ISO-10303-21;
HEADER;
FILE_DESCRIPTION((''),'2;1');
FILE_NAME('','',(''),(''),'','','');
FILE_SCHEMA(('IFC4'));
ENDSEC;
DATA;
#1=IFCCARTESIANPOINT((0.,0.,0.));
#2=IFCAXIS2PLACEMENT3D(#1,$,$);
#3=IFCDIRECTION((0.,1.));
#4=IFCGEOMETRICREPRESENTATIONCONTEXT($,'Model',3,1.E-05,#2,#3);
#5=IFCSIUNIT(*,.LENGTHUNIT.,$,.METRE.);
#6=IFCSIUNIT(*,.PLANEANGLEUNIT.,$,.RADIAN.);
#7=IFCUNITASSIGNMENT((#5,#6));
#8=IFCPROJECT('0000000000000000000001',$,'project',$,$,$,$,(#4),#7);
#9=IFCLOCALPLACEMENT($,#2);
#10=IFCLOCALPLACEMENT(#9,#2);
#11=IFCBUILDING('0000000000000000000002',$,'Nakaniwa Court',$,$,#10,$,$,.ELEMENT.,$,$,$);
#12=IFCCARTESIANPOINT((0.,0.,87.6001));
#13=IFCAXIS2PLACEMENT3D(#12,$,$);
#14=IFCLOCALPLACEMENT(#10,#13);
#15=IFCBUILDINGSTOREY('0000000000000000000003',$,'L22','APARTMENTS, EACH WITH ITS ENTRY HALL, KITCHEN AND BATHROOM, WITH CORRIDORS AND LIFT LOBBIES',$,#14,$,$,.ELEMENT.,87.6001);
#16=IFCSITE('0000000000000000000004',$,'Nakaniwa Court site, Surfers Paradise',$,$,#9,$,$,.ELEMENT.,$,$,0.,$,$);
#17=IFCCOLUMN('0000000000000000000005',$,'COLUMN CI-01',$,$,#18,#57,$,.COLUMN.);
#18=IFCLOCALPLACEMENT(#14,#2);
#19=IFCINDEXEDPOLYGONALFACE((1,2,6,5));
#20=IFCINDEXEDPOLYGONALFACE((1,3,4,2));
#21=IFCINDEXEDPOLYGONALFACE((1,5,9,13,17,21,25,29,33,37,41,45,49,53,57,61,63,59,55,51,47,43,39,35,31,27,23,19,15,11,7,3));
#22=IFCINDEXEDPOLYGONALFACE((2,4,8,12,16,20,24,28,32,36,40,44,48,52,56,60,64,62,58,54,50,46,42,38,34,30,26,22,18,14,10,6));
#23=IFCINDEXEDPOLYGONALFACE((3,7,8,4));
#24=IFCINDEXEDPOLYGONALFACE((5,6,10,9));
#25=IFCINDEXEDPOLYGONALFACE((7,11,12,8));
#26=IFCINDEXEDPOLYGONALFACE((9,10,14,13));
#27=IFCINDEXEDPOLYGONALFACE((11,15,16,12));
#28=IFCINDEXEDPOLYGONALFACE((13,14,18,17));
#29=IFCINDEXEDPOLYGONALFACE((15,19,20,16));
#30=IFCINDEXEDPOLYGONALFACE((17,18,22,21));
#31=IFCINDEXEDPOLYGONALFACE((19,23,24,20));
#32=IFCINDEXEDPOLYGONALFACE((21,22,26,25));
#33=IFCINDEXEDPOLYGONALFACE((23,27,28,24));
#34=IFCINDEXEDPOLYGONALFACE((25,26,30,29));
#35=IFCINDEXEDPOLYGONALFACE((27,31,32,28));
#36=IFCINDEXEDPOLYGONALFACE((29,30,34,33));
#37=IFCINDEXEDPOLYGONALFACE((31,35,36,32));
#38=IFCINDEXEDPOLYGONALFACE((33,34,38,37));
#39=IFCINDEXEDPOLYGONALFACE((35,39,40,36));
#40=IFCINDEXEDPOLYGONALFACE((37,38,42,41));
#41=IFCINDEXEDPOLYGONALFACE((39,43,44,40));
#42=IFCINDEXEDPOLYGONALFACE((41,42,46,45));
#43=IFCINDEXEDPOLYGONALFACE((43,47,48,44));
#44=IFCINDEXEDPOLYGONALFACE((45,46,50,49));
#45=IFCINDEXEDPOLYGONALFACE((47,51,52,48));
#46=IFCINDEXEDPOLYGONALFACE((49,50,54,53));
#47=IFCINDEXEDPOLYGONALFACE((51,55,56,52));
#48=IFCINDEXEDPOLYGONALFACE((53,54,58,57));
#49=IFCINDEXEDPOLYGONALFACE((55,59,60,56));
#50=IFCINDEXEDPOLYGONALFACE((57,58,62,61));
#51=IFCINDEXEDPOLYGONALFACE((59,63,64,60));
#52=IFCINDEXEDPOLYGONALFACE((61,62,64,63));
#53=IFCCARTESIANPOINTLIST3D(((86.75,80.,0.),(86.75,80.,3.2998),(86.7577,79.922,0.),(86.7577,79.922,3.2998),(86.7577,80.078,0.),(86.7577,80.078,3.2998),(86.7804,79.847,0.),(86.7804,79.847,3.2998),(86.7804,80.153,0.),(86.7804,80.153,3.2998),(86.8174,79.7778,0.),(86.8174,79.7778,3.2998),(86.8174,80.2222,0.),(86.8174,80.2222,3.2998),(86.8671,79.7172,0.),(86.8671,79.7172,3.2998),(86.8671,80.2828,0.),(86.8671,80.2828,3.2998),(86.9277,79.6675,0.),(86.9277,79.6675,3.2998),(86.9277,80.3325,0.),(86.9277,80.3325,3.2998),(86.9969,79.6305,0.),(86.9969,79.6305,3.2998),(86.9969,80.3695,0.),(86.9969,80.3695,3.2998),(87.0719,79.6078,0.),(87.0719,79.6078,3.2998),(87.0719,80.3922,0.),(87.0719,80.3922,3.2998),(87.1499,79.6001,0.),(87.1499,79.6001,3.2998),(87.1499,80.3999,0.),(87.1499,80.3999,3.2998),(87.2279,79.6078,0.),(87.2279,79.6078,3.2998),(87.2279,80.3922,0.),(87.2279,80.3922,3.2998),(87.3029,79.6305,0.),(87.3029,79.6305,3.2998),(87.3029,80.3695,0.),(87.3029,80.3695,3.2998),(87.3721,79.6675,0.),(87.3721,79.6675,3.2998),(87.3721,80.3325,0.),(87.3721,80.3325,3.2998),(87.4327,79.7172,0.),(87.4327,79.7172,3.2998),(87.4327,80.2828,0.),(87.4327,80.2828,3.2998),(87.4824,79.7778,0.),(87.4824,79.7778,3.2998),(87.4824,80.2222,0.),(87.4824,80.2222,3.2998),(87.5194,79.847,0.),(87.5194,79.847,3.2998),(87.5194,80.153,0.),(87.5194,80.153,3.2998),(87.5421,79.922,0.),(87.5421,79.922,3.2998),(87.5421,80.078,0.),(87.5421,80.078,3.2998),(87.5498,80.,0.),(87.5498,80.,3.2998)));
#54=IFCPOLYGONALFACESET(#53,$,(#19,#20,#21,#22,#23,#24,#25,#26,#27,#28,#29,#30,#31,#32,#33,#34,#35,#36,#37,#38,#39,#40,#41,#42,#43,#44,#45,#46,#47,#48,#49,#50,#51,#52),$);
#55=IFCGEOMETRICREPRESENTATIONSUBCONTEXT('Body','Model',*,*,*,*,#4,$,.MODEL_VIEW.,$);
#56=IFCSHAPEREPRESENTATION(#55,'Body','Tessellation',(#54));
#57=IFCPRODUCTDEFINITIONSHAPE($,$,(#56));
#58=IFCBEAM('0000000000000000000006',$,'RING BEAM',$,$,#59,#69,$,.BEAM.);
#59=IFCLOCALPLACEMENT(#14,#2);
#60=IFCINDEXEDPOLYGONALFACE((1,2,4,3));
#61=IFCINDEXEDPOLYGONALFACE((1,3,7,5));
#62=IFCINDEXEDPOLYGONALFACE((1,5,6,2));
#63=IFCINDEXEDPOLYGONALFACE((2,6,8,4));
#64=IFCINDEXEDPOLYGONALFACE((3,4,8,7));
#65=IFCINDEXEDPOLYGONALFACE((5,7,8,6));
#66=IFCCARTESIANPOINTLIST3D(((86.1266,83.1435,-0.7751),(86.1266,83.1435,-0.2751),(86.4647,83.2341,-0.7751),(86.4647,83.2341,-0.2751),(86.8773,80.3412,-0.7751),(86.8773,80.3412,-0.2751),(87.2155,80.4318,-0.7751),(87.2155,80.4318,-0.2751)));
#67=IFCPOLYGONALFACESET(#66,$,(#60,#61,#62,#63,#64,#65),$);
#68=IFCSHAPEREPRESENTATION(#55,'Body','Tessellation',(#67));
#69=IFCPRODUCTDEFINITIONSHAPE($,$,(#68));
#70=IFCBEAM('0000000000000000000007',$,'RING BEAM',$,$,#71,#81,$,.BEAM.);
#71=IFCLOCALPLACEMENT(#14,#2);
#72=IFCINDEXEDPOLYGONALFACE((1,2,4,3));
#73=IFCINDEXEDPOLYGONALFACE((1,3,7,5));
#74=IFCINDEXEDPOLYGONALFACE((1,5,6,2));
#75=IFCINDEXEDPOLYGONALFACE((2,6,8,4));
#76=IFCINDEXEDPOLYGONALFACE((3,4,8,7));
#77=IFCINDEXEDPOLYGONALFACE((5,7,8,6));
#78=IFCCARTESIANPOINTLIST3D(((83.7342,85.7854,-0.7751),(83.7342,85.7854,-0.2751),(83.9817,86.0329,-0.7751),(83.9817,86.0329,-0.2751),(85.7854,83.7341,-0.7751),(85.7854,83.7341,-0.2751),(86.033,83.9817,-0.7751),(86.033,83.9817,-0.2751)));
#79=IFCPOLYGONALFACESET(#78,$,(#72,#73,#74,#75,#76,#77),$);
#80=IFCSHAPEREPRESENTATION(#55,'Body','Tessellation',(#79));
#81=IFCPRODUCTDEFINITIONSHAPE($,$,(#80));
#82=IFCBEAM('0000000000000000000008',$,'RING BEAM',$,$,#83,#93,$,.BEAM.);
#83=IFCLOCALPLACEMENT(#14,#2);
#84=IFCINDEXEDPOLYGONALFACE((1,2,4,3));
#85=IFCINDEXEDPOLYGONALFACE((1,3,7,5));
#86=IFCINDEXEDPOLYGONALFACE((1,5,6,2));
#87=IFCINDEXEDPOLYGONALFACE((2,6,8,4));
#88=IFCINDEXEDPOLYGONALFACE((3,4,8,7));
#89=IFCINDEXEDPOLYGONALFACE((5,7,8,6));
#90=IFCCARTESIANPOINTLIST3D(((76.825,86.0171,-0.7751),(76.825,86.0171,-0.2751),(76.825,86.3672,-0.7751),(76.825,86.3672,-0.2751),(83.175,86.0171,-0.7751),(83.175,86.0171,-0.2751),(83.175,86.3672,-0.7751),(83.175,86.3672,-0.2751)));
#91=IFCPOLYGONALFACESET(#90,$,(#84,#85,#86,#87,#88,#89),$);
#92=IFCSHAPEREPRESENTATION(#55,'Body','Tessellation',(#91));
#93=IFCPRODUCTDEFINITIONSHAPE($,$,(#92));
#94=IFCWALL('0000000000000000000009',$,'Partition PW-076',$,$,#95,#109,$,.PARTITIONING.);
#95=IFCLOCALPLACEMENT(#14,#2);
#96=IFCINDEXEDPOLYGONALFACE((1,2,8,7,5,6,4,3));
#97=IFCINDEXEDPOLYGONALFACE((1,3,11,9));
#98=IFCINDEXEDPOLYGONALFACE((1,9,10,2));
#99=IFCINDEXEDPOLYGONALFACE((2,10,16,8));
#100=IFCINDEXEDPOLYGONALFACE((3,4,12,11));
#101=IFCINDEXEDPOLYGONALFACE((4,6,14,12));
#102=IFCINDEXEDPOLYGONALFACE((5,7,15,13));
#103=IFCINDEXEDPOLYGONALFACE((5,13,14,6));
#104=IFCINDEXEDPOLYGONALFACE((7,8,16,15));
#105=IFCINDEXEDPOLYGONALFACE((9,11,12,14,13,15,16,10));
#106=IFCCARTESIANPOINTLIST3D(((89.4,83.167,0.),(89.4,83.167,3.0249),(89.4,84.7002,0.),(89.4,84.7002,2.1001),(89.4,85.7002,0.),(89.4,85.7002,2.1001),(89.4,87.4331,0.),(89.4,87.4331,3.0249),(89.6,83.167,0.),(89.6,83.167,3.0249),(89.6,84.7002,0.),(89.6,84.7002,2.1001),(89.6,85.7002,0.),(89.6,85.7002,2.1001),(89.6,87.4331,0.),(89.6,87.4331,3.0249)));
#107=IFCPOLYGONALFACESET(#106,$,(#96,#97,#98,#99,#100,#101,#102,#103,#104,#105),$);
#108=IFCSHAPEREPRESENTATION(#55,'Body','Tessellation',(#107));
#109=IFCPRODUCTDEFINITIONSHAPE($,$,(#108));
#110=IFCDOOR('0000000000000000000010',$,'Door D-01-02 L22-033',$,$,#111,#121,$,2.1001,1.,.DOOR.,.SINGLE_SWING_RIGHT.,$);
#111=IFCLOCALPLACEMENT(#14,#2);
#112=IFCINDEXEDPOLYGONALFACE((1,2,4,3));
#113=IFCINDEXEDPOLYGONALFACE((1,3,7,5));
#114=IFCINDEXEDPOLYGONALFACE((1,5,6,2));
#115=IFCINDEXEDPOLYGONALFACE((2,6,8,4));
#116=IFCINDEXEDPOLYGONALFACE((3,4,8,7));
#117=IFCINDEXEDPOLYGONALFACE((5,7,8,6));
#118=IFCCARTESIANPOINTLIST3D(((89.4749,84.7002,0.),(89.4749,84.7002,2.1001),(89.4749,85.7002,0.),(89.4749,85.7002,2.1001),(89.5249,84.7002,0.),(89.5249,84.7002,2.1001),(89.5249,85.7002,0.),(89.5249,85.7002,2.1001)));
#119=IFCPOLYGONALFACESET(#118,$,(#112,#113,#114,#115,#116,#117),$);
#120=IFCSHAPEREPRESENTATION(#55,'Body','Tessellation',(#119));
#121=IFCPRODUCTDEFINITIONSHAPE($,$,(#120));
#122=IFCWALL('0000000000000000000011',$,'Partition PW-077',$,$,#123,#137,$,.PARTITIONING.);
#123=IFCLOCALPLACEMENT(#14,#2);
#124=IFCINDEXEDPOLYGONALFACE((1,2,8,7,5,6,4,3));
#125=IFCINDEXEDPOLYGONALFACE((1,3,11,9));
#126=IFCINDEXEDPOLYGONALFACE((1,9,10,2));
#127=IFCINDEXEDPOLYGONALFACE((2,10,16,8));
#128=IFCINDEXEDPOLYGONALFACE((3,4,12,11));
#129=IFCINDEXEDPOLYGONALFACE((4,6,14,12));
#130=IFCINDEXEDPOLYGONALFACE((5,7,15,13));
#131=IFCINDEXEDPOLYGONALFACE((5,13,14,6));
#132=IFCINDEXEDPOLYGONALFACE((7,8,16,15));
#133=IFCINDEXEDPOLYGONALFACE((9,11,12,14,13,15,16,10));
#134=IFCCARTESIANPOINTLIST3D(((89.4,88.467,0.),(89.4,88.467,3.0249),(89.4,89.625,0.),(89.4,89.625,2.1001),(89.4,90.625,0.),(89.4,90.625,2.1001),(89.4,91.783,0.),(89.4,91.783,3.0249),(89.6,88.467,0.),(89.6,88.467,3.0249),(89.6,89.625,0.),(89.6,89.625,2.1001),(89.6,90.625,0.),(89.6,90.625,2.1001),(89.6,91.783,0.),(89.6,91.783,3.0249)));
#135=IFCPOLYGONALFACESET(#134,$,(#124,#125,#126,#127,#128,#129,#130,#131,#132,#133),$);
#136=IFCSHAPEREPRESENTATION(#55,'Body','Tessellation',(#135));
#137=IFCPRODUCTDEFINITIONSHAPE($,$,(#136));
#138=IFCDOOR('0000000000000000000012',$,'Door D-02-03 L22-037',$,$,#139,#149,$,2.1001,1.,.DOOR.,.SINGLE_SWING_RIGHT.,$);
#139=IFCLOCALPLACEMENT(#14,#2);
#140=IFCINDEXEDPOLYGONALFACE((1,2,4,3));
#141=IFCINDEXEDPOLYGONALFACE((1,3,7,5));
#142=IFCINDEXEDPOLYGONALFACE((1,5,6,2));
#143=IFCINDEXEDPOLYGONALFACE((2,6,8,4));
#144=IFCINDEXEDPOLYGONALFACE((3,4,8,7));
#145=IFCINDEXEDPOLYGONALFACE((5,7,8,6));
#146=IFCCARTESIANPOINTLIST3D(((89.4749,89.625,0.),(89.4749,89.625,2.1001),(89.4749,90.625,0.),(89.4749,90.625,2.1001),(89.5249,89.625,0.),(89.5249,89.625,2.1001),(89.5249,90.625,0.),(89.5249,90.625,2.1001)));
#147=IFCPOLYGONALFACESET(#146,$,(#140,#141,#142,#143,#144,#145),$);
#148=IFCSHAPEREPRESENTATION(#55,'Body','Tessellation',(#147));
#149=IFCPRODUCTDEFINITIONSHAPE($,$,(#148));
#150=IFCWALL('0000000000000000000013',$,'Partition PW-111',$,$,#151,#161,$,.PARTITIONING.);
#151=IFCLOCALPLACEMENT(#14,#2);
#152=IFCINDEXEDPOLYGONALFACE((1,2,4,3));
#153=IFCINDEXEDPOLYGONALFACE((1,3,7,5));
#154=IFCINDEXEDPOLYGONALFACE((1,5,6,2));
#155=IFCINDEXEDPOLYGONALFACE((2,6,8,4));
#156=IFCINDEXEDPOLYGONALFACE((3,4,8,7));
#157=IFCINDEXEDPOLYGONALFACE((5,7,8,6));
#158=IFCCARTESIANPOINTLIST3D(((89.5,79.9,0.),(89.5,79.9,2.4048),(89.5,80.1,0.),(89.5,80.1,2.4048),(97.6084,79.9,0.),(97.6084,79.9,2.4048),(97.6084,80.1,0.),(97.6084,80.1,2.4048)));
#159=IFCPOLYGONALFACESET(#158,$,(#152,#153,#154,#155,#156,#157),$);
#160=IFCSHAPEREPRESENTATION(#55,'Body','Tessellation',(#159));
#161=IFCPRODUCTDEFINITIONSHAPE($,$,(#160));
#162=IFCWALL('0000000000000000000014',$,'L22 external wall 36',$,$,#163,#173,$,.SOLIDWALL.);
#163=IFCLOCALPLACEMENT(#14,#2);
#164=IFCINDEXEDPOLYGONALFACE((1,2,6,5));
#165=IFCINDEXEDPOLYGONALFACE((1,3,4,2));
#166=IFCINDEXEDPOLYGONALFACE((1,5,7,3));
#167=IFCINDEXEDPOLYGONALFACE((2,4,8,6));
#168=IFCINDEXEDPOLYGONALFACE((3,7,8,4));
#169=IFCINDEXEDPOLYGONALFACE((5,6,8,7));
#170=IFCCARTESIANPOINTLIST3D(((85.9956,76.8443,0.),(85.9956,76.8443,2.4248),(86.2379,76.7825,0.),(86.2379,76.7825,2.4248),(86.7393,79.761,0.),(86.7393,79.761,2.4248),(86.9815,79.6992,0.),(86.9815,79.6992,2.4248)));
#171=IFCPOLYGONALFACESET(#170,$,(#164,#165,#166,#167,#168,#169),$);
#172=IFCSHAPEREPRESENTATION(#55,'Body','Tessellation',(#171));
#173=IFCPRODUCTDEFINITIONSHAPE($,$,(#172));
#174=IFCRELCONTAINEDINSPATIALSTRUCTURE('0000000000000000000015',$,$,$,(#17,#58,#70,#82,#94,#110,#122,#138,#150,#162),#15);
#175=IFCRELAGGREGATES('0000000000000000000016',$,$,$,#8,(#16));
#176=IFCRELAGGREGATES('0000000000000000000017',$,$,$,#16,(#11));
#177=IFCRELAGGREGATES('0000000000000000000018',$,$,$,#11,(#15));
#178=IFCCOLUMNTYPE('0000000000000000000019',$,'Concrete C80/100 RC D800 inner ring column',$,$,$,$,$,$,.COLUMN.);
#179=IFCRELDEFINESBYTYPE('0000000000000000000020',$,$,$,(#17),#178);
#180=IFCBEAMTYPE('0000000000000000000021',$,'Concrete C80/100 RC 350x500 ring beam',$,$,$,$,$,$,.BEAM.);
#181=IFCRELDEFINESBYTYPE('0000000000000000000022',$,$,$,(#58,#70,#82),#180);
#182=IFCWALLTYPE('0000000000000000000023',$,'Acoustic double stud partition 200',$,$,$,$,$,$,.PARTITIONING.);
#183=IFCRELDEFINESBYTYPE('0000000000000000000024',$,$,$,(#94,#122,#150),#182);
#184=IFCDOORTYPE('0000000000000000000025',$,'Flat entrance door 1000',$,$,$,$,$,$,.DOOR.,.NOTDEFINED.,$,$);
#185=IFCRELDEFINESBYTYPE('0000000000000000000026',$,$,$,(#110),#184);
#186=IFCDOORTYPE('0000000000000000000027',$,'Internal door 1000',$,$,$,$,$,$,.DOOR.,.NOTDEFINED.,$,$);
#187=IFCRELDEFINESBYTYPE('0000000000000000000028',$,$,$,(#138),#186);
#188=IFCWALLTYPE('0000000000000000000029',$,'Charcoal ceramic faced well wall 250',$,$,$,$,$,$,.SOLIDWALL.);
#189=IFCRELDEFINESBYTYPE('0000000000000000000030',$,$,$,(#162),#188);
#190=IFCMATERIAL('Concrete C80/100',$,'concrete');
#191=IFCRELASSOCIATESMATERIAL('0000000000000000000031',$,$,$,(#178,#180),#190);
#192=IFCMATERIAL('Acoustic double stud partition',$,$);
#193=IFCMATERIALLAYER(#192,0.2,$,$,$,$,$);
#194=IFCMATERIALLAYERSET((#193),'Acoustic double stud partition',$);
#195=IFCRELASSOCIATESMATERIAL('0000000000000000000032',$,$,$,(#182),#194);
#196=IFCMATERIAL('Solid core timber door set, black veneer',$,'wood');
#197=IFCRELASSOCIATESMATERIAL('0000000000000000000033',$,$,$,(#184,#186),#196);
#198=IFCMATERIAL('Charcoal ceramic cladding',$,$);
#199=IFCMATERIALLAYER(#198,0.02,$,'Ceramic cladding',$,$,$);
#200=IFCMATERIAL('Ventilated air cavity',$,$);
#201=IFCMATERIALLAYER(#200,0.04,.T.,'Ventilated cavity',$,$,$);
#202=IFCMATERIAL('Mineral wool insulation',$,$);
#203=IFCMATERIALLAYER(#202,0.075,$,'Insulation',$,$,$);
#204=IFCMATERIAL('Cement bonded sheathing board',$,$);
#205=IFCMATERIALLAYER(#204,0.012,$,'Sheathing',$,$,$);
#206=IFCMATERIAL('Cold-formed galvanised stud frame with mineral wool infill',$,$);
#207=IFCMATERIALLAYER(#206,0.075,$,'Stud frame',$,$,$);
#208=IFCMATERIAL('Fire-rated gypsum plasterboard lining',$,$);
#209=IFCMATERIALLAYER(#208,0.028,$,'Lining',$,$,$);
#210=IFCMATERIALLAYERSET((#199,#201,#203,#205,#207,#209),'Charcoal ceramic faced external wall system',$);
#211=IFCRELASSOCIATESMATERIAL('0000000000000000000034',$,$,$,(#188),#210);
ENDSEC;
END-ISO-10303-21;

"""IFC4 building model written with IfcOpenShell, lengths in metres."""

from ifc_helpers import new_model, si_unit, direction, frame, frame_2d, origin, origin_2d, place, context, subcontext, project, spatial, rectangle, circle, extrude, material, layer, layer_set, material_profile, profile_set, type_object, element, fill, save


model = new_model("IFC4")

# Units and contexts
model_context = context("Model", 3, precision=1e-05, world=origin(), true_north=direction((0.0, 1.0)))
body_context = subcontext(model_context, "Body", "Model", "MODEL_VIEW")
ifc_project = project(units=[si_unit("LENGTHUNIT", "METRE"), si_unit("PLANEANGLEUNIT", "RADIAN")], contexts=[model_context])

# Site, building, storey
site_placement = place(None, origin())
site = spatial("IfcSite", under=ifc_project, at=site_placement, Name="Nakaniwa Court site, Surfers Paradise", CompositionType="ELEMENT", RefElevation=0.0)
building_placement = place(site_placement, origin())
building = spatial("IfcBuilding", under=site, at=building_placement, Name="Nakaniwa Court", CompositionType="ELEMENT")
storey_placement = place(building_placement, frame((0.0, 0.0, 87.6001)))
storey = spatial("IfcBuildingStorey", under=building, at=storey_placement, Name="L22", Description="APARTMENTS, EACH WITH ITS ENTRY HALL, KITCHEN AND BATHROOM, WITH CORRIDORS AND LIFT LOBBIES", CompositionType="ELEMENT", Elevation=87.6001)

# Column
ifc_material_1 = material(Name="Concrete C80/100", Category="concrete")
ifc_material_profile_1 = material_profile(ifc_material_1, circle(Radius=0.3999, at=origin_2d()), Name="Concrete C80/100 RC D800 inner ring column")
ifc_profile_set_1 = profile_set([ifc_material_profile_1], Name="Concrete C80/100")
column_type = type_object("IfcColumnType", Name="Concrete C80/100 RC D800 inner ring column", PredefinedType="COLUMN", material=ifc_profile_set_1)
for number, where, z_axis, x_axis, name in (
    (1, (87.1499, 80.0, 0.0), (0.0, 0.0, 1.0), (0.0, 1.0, 0.0), "COLUMN CI-01"),
):
    element("IfcColumn", number, at=place(storey_placement, frame(where, z_axis=z_axis, x_axis=x_axis)), inside=storey, type_object=column_type, Name=name, PredefinedType="COLUMN", context=body_context, shape_type="SweptSolid", body=[
        extrude(circle(Radius=0.3999, at=origin_2d()), origin(), (0.0, 0.0, 1.0), 3.2998),
    ])

# Beams
ifc_material_profile_2 = material_profile(ifc_material_1, rectangle(XDim=0.3501, YDim=0.5, at=origin_2d()), Name="Concrete C80/100 RC 350x500 ring beam")
ifc_profile_set_2 = profile_set([ifc_material_profile_2], Name="Concrete C80/100")
beam_type = type_object("IfcBeamType", Name="Concrete C80/100 RC 350x500 ring beam", PredefinedType="BEAM", material=ifc_profile_set_2)
beam_1_placement = place(storey_placement, frame((87.0464, 80.3865, -0.5251), z_axis=(-0.258778, 0.965937, 0.0), x_axis=(-0.965937, -0.258778, 0.0)))
element("IfcBeam", 2, at=beam_1_placement, inside=storey, type_object=beam_type, Name="RING BEAM", PredefinedType="BEAM", context=body_context, shape_type="SweptSolid", body=[
    extrude(rectangle(XDim=0.3501, YDim=0.5, at=origin_2d()), origin(), (0.0, 0.0, 1.0), 2.9011),
])
beam_2_placement = place(storey_placement, frame((85.9092, 83.8579, -0.5251), z_axis=(-0.707107, 0.707107, 0.0), x_axis=(-0.707107, -0.707107, 0.0)))
element("IfcBeam", 3, at=beam_2_placement, inside=storey, type_object=beam_type, Name="RING BEAM", PredefinedType="BEAM", context=body_context, shape_type="SweptSolid", body=[
    extrude(rectangle(XDim=0.3501, YDim=0.5, at=origin_2d()), origin(), (0.0, 0.0, 1.0), 2.9009),
])
beam_3_placement = place(storey_placement, frame((83.175, 86.1921, -0.5251), z_axis=(-1.0, 0.0, 0.0), x_axis=(0.0, -1.0, 0.0)))
element("IfcBeam", 4, at=beam_3_placement, inside=storey, type_object=beam_type, Name="RING BEAM", PredefinedType="BEAM", context=body_context, shape_type="SweptSolid", body=[
    extrude(rectangle(XDim=0.3501, YDim=0.5, at=origin_2d()), origin(), (0.0, 0.0, 1.0), 6.3501),
])

# Walls, openings, doors
ifc_material_2 = material(Name="Acoustic double stud partition")
ifc_layer_1 = layer(ifc_material_2, 0.2)
ifc_layer_set_1 = layer_set([ifc_layer_1], Name="Acoustic double stud partition")
wall_type_1 = type_object("IfcWallType", Name="Acoustic double stud partition 200", PredefinedType="PARTITIONING", material=ifc_layer_set_1)
wall_1_placement = place(storey_placement, frame((89.5, 87.4331, 0.0), z_axis=(0.0, 0.0, 1.0), x_axis=(0.0, -1.0, 0.0)))
wall_1 = element("IfcWall", 5, at=wall_1_placement, inside=storey, type_object=wall_type_1, Name="Partition PW-076", PredefinedType="PARTITIONING", context=body_context, shape_type="SweptSolid", body=[
    extrude(rectangle(XDim=4.2661, YDim=0.2, at=frame_2d((2.1331, 0.0))), origin(), (0.0, 0.0, 1.0), 3.0249),
])
opening_1_placement = place(wall_1_placement, frame((1.7329, 0.0, 0.0)))
opening_1 = element("IfcOpeningElement", 6, at=opening_1_placement, cuts=wall_1, PredefinedType="OPENING", context=body_context, shape_type="SweptSolid", body=[
    extrude(rectangle(XDim=1.0, YDim=2.1001, at=frame_2d((0.5, 1.05))), frame((0.0, 0.1099, 0.0), z_axis=(0.0, -1.0, 0.0), x_axis=(1.0, 0.0, 0.0)), (0.0, 0.0, 1.0), 0.22),
])
ifc_material_3 = material(Name="Solid core timber door set, black veneer", Category="wood")
door_type_1 = type_object("IfcDoorType", Name="Flat entrance door 1000", OperationType="NOTDEFINED", PredefinedType="DOOR", material=ifc_material_3)
door_1_placement = place(opening_1_placement, origin())
door_1 = element("IfcDoor", 7, at=door_1_placement, inside=storey, type_object=door_type_1, Name="Door D-01-02 L22-033", OperationType="SINGLE_SWING_RIGHT", OverallHeight=2.1001, OverallWidth=1.0, PredefinedType="DOOR", context=body_context, shape_type="SweptSolid", body=[
    extrude(rectangle(XDim=1.0, YDim=2.1001, at=frame_2d((0.5, 1.05))), frame((0.0, 0.0249, 0.0), z_axis=(0.0, -1.0, 0.0), x_axis=(1.0, 0.0, 0.0)), (0.0, 0.0, 1.0), 0.05),
])
fill(opening_1, door_1)
wall_2_placement = place(storey_placement, frame((89.5, 91.783, 0.0), z_axis=(0.0, 0.0, 1.0), x_axis=(0.0, -1.0, 0.0)))
wall_2 = element("IfcWall", 8, at=wall_2_placement, inside=storey, type_object=wall_type_1, Name="Partition PW-077", PredefinedType="PARTITIONING", context=body_context, shape_type="SweptSolid", body=[
    extrude(rectangle(XDim=3.3159, YDim=0.2, at=frame_2d((1.658, 0.0))), origin(), (0.0, 0.0, 1.0), 3.0249),
])
opening_2_placement = place(wall_2_placement, frame((1.158, 0.0, 0.0)))
opening_2 = element("IfcOpeningElement", 9, at=opening_2_placement, cuts=wall_2, PredefinedType="OPENING", context=body_context, shape_type="SweptSolid", body=[
    extrude(rectangle(XDim=1.0, YDim=2.1001, at=frame_2d((0.5, 1.05))), frame((0.0, 0.1099, 0.0), z_axis=(0.0, -1.0, 0.0), x_axis=(1.0, 0.0, 0.0)), (0.0, 0.0, 1.0), 0.22),
])
door_type_2 = type_object("IfcDoorType", Name="Internal door 1000", OperationType="NOTDEFINED", PredefinedType="DOOR", material=ifc_material_3)
door_2_placement = place(opening_2_placement, origin())
door_2 = element("IfcDoor", 10, at=door_2_placement, inside=storey, type_object=door_type_2, Name="Door D-02-03 L22-037", OperationType="SINGLE_SWING_RIGHT", OverallHeight=2.1001, OverallWidth=1.0, PredefinedType="DOOR", context=body_context, shape_type="SweptSolid", body=[
    extrude(rectangle(XDim=1.0, YDim=2.1001, at=frame_2d((0.5, 1.05))), frame((0.0, 0.0249, 0.0), z_axis=(0.0, -1.0, 0.0), x_axis=(1.0, 0.0, 0.0)), (0.0, 0.0, 1.0), 0.05),
])
fill(opening_2, door_2)

# Walls
wall_3_placement = place(storey_placement, frame((89.5, 80.0, 0.0), z_axis=(0.0, 0.0, 1.0), x_axis=(1.0, 0.0, 0.0)))
element("IfcWall", 11, at=wall_3_placement, inside=storey, type_object=wall_type_1, Name="Partition PW-111", PredefinedType="PARTITIONING", context=body_context, shape_type="SweptSolid", body=[
    extrude(rectangle(XDim=8.1084, YDim=0.2, at=frame_2d((4.0542, 0.0))), origin(), (0.0, 0.0, 1.0), 2.4048),
])
ifc_material_4 = material(Name="Charcoal ceramic cladding")
ifc_layer_2 = layer(ifc_material_4, 0.02, Name="Ceramic cladding")
ifc_material_5 = material(Name="Ventilated air cavity")
ifc_layer_3 = layer(ifc_material_5, 0.04, ventilated=True, Name="Ventilated cavity")
ifc_material_6 = material(Name="Mineral wool insulation")
ifc_layer_4 = layer(ifc_material_6, 0.075, Name="Insulation")
ifc_material_7 = material(Name="Cement bonded sheathing board")
ifc_layer_5 = layer(ifc_material_7, 0.012, Name="Sheathing")
ifc_material_8 = material(Name="Cold-formed galvanised stud frame with mineral wool infill")
ifc_layer_6 = layer(ifc_material_8, 0.075, Name="Stud frame")
ifc_material_9 = material(Name="Fire-rated gypsum plasterboard lining")
ifc_layer_7 = layer(ifc_material_9, 0.028, Name="Lining")
ifc_layer_set_2 = layer_set([ifc_layer_2, ifc_layer_3, ifc_layer_4, ifc_layer_5, ifc_layer_6, ifc_layer_7], Name="Charcoal ceramic faced external wall system")
wall_type_2 = type_object("IfcWallType", Name="Charcoal ceramic faced well wall 250", PredefinedType="SOLIDWALL", material=ifc_layer_set_2)
wall_4_placement = place(storey_placement, frame((86.8604, 79.73, 0.0), z_axis=(0.0, 0.0, 1.0), x_axis=(-0.247056, -0.969001, 0.0)))
element("IfcWall", 12, at=wall_4_placement, inside=storey, type_object=wall_type_2, Name="L22 external wall 36", PredefinedType="SOLIDWALL", context=body_context, shape_type="SweptSolid", body=[
    extrude(rectangle(XDim=3.01, YDim=0.25, at=frame_2d((1.5049, 0.0))), origin(), (0.0, 0.0, 1.0), 2.4248),
])

save(model, "model.ifc")
